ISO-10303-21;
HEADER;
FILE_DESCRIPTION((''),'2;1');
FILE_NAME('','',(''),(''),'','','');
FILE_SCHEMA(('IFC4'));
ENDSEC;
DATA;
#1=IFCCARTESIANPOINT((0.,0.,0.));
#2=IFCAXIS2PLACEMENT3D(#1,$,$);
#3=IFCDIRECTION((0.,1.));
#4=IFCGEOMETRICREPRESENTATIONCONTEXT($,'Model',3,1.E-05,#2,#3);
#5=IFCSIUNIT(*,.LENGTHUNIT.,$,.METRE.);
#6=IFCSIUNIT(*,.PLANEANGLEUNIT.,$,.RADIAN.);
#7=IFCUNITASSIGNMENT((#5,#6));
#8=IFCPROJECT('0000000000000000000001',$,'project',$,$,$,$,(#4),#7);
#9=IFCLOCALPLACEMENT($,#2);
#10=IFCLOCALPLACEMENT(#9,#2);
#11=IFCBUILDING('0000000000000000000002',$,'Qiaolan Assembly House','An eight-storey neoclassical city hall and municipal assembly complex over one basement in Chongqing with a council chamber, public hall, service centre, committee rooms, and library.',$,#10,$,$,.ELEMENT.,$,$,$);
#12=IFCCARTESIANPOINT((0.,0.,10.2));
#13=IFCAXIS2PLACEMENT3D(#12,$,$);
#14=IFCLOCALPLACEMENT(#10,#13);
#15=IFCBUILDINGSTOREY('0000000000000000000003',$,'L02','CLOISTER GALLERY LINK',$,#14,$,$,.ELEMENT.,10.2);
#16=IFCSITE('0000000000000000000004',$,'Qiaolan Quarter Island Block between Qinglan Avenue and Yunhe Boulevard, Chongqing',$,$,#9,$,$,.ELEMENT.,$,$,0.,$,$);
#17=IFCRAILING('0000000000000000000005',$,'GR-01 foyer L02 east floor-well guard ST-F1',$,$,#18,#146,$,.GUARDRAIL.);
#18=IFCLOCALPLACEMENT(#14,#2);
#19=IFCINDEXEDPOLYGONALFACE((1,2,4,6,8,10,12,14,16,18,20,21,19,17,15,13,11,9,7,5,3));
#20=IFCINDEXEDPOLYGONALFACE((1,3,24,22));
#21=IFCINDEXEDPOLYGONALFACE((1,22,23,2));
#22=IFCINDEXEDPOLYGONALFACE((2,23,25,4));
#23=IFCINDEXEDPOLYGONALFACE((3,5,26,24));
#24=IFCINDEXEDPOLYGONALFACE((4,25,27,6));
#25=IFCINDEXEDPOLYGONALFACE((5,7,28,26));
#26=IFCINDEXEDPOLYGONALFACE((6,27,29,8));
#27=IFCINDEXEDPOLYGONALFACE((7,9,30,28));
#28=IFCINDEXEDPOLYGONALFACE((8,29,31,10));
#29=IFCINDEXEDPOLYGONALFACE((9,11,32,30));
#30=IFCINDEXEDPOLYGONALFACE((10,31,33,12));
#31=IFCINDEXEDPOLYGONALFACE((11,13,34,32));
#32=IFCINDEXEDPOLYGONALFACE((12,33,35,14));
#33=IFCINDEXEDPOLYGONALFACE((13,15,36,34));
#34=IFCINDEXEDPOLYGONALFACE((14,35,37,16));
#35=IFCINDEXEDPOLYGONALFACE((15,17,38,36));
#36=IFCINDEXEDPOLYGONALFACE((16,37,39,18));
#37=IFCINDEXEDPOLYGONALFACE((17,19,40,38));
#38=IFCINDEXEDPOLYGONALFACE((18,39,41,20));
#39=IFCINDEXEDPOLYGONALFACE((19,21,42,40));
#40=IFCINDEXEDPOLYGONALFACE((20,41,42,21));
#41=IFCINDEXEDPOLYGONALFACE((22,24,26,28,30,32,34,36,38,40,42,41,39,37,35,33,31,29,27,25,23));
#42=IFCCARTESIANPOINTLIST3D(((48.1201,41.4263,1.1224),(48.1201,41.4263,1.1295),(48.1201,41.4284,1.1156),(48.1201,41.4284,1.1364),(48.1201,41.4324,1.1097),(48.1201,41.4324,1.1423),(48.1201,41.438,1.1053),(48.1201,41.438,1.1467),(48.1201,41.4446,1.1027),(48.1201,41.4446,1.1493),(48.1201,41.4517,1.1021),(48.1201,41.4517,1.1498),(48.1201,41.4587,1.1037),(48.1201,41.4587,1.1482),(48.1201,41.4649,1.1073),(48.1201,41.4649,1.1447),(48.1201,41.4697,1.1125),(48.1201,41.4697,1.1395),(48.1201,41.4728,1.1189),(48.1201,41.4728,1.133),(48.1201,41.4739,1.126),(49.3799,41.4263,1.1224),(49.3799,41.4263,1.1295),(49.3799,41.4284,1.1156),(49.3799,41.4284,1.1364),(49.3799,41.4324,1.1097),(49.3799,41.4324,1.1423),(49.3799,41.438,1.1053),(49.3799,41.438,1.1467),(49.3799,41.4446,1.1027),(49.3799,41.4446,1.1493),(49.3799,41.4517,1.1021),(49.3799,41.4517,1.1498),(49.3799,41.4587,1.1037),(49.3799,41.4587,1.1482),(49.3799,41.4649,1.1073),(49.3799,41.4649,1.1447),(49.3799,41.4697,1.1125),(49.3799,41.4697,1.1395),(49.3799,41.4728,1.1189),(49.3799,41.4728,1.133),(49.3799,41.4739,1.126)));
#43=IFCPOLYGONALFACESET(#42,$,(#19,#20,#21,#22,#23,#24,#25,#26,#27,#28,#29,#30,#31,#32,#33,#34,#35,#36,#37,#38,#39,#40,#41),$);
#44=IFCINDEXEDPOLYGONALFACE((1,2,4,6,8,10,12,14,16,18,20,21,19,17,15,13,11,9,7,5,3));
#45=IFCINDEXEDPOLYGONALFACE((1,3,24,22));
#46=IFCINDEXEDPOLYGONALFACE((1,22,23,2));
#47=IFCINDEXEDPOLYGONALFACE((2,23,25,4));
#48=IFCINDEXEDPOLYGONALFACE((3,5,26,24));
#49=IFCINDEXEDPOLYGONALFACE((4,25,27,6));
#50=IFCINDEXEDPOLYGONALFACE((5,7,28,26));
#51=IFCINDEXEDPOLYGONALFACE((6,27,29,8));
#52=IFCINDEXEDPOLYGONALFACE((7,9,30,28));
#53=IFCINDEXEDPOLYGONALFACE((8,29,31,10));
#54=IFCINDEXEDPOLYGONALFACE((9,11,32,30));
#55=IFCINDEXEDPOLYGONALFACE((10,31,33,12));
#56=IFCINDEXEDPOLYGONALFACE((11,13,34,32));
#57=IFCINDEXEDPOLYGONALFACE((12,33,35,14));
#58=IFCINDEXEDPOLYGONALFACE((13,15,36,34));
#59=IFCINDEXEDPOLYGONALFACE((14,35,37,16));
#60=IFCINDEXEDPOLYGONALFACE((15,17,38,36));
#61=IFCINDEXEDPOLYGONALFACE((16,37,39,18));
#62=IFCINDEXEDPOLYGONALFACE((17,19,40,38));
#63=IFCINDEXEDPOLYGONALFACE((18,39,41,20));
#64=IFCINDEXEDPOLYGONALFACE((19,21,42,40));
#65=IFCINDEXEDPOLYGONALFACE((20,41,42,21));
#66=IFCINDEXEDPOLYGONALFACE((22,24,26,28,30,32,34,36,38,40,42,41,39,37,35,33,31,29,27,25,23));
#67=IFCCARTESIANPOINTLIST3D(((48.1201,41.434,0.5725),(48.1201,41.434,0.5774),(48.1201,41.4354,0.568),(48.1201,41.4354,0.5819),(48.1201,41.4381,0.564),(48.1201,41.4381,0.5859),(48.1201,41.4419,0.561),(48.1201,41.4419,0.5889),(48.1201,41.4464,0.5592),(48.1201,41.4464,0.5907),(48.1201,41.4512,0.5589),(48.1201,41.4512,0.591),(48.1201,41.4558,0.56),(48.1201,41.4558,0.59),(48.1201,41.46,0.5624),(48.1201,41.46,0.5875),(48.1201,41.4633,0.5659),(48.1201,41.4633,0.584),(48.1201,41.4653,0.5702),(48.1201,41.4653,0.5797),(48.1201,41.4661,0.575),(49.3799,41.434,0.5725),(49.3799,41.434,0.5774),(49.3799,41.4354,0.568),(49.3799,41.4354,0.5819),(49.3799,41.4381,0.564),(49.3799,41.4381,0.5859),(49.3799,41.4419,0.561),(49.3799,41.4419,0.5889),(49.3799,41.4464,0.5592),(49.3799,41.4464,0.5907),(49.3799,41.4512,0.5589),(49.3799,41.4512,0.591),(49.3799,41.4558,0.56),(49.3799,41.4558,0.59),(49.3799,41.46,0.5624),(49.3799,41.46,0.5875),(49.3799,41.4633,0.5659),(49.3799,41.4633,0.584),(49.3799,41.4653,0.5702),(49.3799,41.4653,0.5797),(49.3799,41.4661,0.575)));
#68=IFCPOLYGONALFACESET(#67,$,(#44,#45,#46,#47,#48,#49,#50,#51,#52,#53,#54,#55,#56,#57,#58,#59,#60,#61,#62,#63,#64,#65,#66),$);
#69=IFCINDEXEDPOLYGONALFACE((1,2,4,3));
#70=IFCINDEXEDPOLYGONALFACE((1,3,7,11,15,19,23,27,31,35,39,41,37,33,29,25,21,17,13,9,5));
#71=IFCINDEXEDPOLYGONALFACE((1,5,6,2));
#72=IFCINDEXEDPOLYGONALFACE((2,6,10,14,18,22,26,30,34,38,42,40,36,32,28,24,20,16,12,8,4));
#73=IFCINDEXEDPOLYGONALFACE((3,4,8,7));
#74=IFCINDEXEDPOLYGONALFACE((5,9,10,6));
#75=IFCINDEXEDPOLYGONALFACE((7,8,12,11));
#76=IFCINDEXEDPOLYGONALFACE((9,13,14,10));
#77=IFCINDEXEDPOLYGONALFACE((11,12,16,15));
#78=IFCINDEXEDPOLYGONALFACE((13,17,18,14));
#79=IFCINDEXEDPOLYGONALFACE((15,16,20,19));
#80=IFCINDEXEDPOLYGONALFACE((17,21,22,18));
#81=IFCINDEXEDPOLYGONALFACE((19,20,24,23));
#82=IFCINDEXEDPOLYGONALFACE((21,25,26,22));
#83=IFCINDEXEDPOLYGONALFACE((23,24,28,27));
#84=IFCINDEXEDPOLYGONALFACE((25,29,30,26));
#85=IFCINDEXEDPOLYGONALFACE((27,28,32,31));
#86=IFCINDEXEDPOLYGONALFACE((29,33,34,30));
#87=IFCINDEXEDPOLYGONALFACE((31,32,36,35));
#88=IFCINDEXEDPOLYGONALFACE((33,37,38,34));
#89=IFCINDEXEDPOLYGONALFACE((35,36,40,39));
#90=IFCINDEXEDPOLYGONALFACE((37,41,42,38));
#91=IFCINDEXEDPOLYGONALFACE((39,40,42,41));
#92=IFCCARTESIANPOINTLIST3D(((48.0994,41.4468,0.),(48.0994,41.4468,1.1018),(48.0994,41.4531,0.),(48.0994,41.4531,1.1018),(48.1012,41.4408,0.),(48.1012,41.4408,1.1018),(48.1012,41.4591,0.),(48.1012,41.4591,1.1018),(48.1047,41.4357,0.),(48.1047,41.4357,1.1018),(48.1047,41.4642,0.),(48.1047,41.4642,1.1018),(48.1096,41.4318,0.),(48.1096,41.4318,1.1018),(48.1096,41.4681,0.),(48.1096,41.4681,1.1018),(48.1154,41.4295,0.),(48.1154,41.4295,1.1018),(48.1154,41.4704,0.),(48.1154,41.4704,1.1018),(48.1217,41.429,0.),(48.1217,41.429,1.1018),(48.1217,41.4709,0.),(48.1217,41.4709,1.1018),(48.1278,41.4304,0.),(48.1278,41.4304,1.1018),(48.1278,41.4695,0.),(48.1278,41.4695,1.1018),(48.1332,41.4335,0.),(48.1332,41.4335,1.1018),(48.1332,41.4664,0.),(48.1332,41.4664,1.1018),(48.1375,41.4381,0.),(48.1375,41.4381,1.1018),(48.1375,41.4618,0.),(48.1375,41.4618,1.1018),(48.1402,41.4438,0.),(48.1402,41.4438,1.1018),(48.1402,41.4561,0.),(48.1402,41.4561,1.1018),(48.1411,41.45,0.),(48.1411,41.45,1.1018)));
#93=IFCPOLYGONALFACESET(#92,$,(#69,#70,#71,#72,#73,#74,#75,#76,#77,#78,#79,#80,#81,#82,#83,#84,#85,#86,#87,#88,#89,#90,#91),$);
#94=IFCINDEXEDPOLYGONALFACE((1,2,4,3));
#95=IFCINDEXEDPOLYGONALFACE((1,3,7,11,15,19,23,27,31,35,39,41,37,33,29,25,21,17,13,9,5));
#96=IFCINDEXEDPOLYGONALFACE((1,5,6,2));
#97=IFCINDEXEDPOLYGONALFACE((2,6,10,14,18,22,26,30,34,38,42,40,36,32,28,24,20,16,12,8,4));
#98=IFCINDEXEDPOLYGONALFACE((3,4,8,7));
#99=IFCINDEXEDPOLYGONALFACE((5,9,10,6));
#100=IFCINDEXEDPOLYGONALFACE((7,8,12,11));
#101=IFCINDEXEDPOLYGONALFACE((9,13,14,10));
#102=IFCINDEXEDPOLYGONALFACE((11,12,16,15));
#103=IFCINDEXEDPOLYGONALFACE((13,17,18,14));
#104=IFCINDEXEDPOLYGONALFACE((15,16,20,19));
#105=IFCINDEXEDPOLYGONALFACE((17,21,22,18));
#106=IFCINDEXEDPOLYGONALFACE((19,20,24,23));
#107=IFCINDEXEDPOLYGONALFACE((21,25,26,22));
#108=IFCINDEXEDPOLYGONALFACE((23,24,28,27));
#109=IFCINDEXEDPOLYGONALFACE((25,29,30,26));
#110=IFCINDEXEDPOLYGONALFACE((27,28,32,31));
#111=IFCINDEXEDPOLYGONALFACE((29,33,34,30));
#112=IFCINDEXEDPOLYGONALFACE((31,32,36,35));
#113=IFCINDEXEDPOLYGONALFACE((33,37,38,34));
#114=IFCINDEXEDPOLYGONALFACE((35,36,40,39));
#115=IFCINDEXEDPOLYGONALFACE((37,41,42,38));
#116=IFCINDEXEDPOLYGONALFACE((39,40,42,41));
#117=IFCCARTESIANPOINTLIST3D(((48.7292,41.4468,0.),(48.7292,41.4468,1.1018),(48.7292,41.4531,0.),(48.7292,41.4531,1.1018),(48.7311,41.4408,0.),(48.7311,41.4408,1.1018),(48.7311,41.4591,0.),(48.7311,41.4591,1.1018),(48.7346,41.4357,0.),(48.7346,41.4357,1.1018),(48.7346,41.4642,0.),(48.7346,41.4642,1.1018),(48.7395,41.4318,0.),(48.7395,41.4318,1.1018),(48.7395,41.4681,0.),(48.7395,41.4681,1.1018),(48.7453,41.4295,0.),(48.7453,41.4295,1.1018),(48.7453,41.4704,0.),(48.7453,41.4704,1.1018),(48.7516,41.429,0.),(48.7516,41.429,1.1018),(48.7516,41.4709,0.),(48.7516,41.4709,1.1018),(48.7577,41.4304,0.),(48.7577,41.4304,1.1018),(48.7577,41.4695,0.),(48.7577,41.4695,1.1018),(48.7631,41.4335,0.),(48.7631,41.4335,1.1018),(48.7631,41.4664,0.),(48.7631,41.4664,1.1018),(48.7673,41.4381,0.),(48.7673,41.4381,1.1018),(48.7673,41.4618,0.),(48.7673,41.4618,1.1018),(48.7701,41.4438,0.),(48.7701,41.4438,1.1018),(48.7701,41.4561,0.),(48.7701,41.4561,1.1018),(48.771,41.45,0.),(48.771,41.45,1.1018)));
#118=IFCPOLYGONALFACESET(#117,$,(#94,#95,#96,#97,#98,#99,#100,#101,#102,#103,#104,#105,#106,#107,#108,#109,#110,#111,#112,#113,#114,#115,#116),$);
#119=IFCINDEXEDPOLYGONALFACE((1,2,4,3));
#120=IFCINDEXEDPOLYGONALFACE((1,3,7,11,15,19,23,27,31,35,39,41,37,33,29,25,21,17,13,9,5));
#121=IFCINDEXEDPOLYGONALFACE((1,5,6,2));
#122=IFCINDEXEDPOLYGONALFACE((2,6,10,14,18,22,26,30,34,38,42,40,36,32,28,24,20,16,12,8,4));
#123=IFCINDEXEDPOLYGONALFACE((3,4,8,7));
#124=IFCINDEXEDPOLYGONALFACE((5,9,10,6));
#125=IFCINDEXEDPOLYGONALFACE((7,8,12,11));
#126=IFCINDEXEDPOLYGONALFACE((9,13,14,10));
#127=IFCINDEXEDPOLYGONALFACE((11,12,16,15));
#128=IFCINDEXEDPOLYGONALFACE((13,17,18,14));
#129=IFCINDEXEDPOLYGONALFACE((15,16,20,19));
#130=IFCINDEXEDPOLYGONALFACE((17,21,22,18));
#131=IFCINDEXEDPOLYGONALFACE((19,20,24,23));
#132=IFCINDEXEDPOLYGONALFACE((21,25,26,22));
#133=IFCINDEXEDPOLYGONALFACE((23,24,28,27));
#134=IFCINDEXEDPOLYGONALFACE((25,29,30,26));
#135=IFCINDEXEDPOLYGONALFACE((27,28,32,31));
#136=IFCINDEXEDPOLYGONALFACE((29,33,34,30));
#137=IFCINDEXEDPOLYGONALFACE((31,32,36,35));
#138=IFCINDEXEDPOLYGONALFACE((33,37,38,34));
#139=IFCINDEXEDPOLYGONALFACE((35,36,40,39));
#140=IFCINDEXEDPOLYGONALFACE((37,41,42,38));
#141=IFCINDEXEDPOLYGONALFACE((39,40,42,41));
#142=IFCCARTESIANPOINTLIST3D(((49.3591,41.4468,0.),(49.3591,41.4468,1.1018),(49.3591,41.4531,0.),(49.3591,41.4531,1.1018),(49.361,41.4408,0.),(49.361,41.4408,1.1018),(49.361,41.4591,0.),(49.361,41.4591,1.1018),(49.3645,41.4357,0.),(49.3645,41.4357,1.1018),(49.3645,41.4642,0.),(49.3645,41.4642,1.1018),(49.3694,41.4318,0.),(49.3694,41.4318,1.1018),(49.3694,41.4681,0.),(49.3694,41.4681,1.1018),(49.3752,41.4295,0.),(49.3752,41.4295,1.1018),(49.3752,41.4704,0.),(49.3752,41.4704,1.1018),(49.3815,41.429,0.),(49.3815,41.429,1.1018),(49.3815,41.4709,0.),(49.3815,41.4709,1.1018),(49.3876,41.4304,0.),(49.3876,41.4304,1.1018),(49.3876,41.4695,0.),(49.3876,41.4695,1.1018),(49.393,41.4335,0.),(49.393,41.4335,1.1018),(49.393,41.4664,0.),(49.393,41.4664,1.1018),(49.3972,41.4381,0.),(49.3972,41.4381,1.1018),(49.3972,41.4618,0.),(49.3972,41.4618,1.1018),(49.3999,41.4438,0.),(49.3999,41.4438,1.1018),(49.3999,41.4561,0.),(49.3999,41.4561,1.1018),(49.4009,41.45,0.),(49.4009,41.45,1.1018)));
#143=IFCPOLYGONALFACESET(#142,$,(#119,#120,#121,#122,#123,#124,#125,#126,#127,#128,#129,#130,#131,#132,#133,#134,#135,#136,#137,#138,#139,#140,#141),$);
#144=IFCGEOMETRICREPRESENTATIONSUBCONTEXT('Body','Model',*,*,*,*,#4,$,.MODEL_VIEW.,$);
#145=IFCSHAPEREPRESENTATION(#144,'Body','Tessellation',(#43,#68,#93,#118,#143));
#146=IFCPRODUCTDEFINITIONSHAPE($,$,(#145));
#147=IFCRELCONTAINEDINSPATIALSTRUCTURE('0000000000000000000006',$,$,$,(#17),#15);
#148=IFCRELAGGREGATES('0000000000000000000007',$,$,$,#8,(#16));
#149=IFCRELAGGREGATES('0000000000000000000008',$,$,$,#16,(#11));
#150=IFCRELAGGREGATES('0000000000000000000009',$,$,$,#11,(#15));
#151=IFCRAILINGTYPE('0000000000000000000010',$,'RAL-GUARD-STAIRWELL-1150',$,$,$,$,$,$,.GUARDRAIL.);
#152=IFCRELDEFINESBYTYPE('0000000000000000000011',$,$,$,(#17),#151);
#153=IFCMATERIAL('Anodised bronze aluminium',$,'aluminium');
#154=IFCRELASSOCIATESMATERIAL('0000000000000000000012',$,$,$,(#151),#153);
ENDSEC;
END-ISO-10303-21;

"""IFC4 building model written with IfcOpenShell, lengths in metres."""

from ifc_helpers import new_model, si_unit, direction, frame, origin, origin_2d, place, context, subcontext, project, spatial, circle, extrude, material, type_object, element, save


model = new_model("IFC4")

# Units and contexts
model_context = context("Model", 3, precision=1e-05, world=origin(), true_north=direction((0.0, 1.0)))
body_context = subcontext(model_context, "Body", "Model", "MODEL_VIEW")
ifc_project = project(units=[si_unit("LENGTHUNIT", "METRE"), si_unit("PLANEANGLEUNIT", "RADIAN")], contexts=[model_context])

# Site, building, storey
site_placement = place(None, origin())
site = spatial("IfcSite", under=ifc_project, at=site_placement, Name="Qiaolan Quarter Island Block between Qinglan Avenue and Yunhe Boulevard, Chongqing", CompositionType="ELEMENT", RefElevation=0.0)
building_placement = place(site_placement, origin())
building = spatial("IfcBuilding", under=site, at=building_placement, Name="Qiaolan Assembly House", Description="An eight-storey neoclassical city hall and municipal assembly complex over one basement in Chongqing with a council chamber, public hall, service centre, committee rooms, and library.", CompositionType="ELEMENT")
storey_placement = place(building_placement, frame((0.0, 0.0, 10.2)))
storey = spatial("IfcBuildingStorey", under=building, at=storey_placement, Name="L02", Description="CLOISTER GALLERY LINK", CompositionType="ELEMENT", Elevation=10.2)

# Shared definitions
ifc_material_1 = material(Name="Anodised bronze aluminium", Category="aluminium")

# Railing
railing_type = type_object("IfcRailingType", Name="RAL-GUARD-STAIRWELL-1150", PredefinedType="GUARDRAIL", material=ifc_material_1)
railing_1_placement = place(storey_placement, frame((48.1201, 41.45, 0.0)))
element("IfcRailing", 1, at=railing_1_placement, inside=storey, type_object=railing_type, Name="GR-01 foyer L02 east floor-well guard ST-F1", PredefinedType="GUARDRAIL", context=body_context, shape_type="SweptSolid", body=[
    extrude(circle(Radius=0.0239, at=origin_2d()), frame((0.0, 0.0, 1.126), z_axis=(1.0, 0.0, 0.0), x_axis=(0.0, 1.0, 0.0)), (0.0, 0.0, 1.0), 1.2598),
    extrude(circle(Radius=0.0161, at=origin_2d()), frame((0.0, 0.0, 0.575), z_axis=(1.0, 0.0, 0.0), x_axis=(0.0, 1.0, 0.0)), (0.0, 0.0, 1.0), 1.2598),
    extrude(circle(Radius=0.021, at=origin_2d()), origin(), (0.0, 0.0, 1.0), 1.1018),
    extrude(circle(Radius=0.021, at=origin_2d()), frame((0.6299, 0.0, 0.0)), (0.0, 0.0, 1.0), 1.1018),
    extrude(circle(Radius=0.021, at=origin_2d()), frame((1.2598, 0.0, 0.0)), (0.0, 0.0, 1.0), 1.1018),
])

save(model, "model.ifc")
